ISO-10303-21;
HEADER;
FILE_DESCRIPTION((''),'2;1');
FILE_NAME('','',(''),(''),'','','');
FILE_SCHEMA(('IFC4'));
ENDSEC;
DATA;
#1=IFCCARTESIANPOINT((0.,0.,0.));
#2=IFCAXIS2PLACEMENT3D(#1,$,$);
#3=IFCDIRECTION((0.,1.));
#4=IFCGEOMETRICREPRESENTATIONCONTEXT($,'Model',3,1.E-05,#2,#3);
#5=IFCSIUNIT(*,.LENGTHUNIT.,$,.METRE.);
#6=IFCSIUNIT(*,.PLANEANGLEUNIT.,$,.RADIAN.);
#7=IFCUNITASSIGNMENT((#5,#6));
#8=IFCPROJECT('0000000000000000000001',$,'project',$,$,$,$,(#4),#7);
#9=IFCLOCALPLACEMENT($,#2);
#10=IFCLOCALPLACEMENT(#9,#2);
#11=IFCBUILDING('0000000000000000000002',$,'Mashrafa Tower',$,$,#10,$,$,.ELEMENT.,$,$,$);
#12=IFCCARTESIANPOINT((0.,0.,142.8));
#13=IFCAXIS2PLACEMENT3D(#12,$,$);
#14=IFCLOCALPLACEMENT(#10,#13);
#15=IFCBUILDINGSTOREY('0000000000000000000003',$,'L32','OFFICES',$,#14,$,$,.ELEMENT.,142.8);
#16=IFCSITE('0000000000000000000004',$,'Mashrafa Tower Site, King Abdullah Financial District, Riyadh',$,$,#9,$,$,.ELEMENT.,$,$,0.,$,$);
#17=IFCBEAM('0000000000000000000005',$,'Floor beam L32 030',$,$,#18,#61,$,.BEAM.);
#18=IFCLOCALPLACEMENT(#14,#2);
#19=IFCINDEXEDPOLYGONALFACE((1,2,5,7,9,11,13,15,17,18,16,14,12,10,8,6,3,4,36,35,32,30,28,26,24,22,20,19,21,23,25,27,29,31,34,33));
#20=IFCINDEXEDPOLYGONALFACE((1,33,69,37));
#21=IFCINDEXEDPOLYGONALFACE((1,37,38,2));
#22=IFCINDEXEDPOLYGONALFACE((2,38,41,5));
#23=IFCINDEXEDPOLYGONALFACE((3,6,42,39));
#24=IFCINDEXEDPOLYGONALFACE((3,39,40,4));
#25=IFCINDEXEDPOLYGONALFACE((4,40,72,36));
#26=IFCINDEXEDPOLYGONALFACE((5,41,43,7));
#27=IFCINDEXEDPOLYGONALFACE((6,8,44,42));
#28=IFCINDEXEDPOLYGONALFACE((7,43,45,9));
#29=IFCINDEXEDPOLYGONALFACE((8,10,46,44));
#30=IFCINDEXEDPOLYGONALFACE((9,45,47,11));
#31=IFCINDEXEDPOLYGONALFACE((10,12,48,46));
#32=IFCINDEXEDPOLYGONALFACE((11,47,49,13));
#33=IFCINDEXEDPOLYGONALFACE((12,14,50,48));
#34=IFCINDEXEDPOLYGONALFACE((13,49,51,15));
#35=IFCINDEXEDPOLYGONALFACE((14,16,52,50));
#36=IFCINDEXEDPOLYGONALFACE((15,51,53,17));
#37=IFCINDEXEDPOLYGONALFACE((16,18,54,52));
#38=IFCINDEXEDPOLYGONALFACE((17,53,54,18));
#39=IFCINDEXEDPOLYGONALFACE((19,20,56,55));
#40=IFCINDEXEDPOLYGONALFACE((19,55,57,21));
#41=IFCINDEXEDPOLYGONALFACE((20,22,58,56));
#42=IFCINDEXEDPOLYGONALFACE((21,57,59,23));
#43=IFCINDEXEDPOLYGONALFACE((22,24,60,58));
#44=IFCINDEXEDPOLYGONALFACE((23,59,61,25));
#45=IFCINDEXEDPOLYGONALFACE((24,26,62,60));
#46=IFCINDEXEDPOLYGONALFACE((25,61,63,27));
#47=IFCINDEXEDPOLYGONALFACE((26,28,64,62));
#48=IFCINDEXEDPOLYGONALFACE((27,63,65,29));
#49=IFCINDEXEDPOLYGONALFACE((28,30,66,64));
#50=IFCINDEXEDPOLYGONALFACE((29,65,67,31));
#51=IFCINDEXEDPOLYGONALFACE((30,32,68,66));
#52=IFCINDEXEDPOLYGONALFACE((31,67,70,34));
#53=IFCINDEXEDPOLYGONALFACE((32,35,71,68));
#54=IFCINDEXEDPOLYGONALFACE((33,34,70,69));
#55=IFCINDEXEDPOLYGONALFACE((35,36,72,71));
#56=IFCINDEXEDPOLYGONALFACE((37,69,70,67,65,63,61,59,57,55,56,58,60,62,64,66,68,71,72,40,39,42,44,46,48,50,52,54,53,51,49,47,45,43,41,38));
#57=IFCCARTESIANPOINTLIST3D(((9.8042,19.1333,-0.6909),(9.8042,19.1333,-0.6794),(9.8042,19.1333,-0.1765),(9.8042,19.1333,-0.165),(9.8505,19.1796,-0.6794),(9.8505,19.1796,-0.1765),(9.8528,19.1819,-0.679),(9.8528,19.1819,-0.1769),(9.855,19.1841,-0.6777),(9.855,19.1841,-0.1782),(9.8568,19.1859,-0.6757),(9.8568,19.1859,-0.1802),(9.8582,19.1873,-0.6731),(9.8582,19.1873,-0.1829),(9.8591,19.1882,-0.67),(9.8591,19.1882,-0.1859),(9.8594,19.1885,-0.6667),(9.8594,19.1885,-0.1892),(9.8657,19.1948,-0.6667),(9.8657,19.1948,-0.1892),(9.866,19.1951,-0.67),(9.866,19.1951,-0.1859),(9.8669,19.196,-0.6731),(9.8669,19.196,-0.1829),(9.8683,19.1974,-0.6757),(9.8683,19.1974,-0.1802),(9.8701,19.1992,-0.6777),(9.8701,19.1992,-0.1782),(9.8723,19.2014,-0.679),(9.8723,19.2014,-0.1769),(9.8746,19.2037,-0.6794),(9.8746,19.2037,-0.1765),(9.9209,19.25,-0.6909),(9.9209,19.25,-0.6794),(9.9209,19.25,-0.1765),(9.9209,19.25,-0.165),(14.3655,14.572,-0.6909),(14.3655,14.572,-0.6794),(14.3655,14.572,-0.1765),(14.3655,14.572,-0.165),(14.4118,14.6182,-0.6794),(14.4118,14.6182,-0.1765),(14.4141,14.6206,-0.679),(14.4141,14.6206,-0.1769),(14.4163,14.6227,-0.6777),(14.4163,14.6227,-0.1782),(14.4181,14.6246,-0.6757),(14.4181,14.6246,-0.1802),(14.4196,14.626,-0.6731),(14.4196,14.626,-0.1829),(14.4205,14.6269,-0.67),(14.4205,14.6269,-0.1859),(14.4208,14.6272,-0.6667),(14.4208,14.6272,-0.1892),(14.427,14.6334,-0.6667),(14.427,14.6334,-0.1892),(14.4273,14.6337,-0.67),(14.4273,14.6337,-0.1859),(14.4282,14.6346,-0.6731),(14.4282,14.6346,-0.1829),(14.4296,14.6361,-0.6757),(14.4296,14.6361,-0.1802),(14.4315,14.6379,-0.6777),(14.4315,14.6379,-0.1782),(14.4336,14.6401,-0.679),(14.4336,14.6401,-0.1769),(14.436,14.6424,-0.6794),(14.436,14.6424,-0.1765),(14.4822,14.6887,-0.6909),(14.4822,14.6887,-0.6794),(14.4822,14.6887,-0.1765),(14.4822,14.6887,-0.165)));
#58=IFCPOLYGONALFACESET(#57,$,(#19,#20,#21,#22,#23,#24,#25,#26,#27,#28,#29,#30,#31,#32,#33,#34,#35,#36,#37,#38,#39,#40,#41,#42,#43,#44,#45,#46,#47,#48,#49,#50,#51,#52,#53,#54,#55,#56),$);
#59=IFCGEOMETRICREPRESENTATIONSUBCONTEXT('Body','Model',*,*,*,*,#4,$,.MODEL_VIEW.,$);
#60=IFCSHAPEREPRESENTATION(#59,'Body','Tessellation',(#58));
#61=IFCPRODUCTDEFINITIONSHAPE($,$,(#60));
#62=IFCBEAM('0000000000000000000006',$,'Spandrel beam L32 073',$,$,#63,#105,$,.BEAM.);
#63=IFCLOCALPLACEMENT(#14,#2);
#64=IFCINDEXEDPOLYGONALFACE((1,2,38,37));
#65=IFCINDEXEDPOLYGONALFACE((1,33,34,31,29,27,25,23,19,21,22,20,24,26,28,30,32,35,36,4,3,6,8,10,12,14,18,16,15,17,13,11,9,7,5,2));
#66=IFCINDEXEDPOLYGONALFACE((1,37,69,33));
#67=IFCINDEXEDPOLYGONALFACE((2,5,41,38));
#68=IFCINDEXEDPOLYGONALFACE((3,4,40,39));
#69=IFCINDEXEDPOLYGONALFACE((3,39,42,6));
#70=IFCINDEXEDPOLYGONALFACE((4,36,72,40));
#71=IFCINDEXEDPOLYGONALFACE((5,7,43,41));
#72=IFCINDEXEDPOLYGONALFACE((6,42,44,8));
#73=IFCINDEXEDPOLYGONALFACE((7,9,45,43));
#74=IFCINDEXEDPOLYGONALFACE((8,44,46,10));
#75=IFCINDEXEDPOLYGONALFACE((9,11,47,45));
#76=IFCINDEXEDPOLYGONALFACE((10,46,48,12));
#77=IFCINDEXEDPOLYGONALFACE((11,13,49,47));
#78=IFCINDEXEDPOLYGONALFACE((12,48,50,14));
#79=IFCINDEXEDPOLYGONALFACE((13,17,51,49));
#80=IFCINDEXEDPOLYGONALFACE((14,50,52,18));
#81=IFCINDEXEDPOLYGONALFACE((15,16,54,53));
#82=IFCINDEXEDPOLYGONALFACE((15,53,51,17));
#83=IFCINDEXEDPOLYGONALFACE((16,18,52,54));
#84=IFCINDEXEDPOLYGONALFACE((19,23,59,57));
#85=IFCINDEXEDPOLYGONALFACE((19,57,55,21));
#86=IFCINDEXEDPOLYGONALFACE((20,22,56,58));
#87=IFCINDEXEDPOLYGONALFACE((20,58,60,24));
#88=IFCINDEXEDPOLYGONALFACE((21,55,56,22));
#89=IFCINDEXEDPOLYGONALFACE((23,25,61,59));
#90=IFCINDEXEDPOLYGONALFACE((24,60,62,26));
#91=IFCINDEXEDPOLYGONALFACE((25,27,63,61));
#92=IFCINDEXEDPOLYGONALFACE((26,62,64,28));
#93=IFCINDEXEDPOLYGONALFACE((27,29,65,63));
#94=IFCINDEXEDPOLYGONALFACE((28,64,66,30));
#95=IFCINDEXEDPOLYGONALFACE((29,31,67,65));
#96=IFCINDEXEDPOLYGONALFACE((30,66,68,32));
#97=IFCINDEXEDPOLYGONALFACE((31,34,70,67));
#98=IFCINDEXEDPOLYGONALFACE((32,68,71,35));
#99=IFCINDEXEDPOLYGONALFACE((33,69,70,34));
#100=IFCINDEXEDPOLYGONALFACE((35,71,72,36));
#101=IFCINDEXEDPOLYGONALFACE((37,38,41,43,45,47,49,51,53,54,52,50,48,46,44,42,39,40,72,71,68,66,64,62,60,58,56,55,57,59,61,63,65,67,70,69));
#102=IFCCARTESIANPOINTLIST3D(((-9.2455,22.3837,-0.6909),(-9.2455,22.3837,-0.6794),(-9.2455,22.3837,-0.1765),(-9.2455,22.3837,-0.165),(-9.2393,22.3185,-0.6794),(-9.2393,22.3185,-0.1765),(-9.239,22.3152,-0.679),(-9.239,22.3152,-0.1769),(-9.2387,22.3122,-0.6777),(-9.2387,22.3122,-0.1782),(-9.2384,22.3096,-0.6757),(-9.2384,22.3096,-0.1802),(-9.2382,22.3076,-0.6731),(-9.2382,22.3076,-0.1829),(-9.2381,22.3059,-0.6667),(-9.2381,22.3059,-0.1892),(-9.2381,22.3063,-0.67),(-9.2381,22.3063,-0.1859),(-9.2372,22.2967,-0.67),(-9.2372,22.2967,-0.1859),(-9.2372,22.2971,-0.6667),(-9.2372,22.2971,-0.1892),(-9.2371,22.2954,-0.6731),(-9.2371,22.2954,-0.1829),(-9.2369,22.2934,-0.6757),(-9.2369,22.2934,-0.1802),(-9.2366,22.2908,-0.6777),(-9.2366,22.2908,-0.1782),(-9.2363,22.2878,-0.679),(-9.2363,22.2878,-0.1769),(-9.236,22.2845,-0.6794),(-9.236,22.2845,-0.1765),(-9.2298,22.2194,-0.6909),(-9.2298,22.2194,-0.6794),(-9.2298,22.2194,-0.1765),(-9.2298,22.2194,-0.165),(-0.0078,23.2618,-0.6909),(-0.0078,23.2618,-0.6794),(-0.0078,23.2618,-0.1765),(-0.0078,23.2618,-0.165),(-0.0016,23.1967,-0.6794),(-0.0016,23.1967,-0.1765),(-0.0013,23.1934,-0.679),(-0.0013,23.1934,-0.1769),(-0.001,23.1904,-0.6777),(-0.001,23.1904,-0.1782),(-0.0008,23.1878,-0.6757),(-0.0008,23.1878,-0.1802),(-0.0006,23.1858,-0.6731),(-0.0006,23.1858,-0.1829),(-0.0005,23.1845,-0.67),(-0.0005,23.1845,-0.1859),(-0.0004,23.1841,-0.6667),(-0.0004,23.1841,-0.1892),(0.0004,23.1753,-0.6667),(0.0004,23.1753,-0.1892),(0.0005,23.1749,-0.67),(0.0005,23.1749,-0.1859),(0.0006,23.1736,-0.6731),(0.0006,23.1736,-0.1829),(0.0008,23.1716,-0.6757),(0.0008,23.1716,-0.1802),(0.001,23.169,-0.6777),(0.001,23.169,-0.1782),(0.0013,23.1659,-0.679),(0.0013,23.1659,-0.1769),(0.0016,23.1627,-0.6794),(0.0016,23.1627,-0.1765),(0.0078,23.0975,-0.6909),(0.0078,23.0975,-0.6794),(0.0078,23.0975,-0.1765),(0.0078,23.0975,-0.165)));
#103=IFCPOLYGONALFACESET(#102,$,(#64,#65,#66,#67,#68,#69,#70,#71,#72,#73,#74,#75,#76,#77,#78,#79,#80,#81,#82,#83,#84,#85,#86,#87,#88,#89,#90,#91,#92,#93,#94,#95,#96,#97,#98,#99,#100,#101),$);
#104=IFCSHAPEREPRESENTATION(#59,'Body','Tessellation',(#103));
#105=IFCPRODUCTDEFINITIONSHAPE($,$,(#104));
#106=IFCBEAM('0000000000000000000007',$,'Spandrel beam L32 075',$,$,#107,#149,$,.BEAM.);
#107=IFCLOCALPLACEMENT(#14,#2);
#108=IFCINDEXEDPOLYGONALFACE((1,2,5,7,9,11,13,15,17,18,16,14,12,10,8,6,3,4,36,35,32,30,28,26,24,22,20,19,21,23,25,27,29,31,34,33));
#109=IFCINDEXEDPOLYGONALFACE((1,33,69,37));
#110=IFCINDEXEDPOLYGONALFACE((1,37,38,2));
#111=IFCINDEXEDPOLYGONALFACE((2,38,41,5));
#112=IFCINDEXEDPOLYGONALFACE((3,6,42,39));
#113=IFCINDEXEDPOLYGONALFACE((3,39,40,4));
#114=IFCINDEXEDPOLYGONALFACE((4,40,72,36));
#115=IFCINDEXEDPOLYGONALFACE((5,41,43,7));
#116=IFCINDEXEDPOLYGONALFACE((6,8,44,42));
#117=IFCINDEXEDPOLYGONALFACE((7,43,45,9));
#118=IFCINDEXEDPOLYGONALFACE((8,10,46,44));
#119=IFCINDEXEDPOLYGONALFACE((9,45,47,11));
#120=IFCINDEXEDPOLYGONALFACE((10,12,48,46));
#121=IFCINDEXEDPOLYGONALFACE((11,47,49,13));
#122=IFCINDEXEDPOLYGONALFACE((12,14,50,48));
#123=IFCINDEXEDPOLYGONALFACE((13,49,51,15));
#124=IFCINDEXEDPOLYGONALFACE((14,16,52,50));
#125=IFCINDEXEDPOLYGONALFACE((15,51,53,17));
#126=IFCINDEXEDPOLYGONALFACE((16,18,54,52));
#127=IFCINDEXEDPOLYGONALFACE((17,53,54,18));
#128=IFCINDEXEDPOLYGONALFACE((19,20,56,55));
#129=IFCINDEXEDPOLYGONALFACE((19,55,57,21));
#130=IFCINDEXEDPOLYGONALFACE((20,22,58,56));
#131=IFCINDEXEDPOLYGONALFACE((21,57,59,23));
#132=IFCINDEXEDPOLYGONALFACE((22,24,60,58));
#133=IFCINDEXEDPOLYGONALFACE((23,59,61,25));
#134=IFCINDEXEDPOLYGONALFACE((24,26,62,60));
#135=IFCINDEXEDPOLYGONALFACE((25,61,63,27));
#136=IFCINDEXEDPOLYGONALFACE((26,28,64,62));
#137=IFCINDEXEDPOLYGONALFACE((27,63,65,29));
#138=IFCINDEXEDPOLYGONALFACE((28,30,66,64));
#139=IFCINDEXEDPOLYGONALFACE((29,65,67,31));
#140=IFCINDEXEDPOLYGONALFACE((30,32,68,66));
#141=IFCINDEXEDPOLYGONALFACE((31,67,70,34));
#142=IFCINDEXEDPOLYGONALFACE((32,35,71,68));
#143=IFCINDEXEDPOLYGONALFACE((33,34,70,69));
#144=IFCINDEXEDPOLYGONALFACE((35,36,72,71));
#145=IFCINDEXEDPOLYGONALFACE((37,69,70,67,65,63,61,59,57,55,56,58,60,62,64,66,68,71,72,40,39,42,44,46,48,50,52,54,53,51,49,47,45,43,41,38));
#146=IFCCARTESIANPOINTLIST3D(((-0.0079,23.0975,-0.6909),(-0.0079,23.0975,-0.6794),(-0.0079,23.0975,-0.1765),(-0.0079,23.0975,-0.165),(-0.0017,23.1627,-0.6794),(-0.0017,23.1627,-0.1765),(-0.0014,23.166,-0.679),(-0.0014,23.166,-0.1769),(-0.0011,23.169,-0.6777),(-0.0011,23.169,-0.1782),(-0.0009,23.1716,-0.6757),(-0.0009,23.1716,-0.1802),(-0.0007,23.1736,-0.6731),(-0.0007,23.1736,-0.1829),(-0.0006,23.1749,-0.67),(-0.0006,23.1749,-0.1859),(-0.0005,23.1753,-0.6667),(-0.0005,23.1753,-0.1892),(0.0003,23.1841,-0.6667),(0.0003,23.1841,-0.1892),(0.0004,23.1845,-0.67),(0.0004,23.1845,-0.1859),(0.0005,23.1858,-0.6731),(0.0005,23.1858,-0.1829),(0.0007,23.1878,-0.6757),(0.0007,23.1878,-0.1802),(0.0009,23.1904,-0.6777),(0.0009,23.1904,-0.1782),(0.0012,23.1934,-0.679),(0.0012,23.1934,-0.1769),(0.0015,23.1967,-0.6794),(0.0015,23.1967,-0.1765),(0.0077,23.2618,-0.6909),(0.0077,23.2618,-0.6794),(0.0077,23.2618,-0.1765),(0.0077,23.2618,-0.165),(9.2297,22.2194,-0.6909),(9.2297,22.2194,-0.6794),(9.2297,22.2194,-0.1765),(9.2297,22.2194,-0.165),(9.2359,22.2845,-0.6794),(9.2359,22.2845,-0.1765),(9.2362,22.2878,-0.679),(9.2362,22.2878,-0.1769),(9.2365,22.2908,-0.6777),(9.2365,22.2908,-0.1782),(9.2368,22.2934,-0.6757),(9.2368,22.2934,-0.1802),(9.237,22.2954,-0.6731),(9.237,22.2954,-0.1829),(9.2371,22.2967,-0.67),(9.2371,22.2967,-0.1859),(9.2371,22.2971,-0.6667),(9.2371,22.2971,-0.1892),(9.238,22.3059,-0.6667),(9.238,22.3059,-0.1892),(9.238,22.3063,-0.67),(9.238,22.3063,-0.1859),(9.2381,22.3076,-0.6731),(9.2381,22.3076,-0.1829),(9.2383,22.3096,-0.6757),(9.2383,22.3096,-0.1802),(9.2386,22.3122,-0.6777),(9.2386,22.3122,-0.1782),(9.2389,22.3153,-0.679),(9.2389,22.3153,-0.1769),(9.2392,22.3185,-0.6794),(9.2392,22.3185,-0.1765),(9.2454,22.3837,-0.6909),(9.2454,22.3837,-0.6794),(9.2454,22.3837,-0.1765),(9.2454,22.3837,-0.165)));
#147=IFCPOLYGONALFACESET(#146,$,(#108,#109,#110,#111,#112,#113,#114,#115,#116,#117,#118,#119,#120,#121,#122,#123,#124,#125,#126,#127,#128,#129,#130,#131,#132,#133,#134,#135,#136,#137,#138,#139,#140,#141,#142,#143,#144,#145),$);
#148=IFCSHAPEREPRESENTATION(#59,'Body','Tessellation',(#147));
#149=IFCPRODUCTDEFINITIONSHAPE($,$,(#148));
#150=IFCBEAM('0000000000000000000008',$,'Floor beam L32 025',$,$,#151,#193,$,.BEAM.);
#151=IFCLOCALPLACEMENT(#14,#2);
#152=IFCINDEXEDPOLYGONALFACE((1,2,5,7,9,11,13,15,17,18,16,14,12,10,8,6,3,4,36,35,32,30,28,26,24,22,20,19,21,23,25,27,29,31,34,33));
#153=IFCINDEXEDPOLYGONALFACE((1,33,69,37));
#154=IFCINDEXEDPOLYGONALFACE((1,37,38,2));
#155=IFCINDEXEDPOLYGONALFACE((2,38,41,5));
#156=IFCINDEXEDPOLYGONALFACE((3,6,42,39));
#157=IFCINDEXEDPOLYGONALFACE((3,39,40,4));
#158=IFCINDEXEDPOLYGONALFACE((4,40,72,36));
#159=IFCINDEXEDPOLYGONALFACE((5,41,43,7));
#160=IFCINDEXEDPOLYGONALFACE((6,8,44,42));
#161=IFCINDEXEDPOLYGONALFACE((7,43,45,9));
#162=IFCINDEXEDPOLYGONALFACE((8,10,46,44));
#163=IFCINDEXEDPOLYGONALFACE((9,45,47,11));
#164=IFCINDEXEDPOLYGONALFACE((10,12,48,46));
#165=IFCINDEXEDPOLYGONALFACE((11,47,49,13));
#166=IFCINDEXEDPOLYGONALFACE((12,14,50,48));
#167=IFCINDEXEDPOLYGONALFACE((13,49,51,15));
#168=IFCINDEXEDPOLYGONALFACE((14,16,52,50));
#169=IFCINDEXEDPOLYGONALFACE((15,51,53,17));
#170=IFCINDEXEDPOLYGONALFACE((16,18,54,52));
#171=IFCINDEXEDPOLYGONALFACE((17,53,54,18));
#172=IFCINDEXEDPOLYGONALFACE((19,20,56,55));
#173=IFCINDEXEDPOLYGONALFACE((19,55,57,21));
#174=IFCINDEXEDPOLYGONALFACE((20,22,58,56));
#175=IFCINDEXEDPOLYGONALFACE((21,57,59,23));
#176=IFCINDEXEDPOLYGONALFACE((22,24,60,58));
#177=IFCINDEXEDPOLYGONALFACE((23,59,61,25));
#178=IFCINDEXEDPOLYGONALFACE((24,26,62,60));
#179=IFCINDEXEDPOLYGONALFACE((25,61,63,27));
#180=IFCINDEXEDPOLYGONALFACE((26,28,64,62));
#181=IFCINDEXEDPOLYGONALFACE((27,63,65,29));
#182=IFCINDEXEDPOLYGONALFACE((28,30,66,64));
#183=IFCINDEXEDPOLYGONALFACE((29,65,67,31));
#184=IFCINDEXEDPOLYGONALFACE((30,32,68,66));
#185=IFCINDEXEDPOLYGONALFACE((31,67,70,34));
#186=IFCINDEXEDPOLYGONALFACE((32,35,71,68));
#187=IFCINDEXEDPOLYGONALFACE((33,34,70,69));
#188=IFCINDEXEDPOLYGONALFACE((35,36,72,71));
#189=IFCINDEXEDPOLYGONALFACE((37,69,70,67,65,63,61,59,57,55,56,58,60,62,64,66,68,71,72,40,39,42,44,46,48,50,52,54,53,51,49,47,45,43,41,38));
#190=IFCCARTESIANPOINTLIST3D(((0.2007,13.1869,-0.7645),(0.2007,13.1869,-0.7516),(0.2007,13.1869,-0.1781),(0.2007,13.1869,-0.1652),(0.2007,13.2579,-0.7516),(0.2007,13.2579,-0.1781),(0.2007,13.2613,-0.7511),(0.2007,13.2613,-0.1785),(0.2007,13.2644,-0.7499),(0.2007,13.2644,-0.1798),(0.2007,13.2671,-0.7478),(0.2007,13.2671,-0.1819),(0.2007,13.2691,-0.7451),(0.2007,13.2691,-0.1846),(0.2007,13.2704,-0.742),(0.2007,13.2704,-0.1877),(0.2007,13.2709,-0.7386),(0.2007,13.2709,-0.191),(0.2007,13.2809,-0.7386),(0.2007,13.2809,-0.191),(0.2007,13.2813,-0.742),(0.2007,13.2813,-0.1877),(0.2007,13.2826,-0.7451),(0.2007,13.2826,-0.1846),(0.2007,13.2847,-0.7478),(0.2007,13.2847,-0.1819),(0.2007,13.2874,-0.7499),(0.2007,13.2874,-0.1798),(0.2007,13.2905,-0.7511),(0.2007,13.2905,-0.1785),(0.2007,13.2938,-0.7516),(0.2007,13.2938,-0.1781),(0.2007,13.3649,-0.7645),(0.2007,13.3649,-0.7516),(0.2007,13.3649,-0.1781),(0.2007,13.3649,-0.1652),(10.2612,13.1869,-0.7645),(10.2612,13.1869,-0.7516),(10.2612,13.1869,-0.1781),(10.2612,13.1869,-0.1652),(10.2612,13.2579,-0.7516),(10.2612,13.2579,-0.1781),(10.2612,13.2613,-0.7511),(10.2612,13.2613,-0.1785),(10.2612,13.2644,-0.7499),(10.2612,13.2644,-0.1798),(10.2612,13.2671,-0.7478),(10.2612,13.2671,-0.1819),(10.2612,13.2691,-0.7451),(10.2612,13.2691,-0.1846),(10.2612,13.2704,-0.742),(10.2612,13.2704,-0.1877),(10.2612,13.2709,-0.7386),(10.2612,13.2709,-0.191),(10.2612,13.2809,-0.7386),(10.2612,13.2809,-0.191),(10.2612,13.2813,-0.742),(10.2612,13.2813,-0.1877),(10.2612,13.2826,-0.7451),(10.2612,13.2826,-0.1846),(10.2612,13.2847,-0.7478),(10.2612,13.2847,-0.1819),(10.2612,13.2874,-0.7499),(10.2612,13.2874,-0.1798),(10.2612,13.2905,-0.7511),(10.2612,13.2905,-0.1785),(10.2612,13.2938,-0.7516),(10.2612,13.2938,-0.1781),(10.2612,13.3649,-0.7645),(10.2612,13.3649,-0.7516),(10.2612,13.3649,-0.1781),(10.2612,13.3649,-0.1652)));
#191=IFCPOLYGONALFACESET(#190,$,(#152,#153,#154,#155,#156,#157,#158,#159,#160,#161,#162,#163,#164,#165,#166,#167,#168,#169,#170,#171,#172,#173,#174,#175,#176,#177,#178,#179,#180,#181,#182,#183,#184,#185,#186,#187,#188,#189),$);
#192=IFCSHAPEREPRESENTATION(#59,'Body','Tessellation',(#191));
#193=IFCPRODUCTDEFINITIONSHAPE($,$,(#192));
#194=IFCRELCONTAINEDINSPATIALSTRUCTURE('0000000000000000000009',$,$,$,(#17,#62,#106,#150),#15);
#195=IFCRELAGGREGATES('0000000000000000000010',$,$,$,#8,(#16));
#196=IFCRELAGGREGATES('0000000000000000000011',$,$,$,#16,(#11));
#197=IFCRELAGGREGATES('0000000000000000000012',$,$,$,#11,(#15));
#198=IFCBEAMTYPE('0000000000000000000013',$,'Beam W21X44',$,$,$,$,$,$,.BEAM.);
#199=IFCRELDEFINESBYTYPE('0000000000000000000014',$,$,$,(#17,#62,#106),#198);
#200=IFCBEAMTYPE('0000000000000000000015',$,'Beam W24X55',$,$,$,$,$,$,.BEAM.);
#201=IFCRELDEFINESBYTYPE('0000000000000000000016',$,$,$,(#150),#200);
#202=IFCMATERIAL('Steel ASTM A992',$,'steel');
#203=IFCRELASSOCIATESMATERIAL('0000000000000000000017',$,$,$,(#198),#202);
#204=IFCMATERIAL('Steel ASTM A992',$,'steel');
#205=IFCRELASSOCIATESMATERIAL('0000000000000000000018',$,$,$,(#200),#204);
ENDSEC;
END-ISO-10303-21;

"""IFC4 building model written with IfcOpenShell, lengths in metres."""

from ifc_helpers import new_model, si_unit, direction, frame, origin, origin_2d, place, context, subcontext, project, spatial, i_section, extrude, material, material_profile, profile_set, type_object, element, save


model = new_model("IFC4")

# Units and contexts
model_context = context("Model", 3, precision=1e-05, world=origin(), true_north=direction((0.0, 1.0)))
body_context = subcontext(model_context, "Body", "Model", "MODEL_VIEW")
ifc_project = project(units=[si_unit("LENGTHUNIT", "METRE"), si_unit("PLANEANGLEUNIT", "RADIAN")], contexts=[model_context])

# Site, building, storey
site_placement = place(None, origin())
site = spatial("IfcSite", under=ifc_project, at=site_placement, Name="Mashrafa Tower Site, King Abdullah Financial District, Riyadh", CompositionType="ELEMENT", RefElevation=0.0)
building_placement = place(site_placement, origin())
building = spatial("IfcBuilding", under=site, at=building_placement, Name="Mashrafa Tower", CompositionType="ELEMENT")
storey_placement = place(building_placement, frame((0.0, 0.0, 142.8)))
storey = spatial("IfcBuildingStorey", under=building, at=storey_placement, Name="L32", Description="OFFICES", CompositionType="ELEMENT", Elevation=142.8)

# Beams
ifc_material_1 = material(Name="Steel ASTM A992", Category="steel")
ifc_material_profile_1 = material_profile(ifc_material_1, i_section(OverallWidth=0.165, OverallDepth=0.5259, WebThickness=0.0088, FlangeThickness=0.0115, FilletRadius=0.0127, at=origin_2d()), Name="W21X44")
ifc_profile_set_1 = profile_set([ifc_material_profile_1], Name="Steel ASTM A992")
beam_type_1 = type_object("IfcBeamType", Name="Beam W21X44", PredefinedType="BEAM", material=ifc_profile_set_1)
beam_1_placement = place(storey_placement, frame((9.8625, 19.1917, -0.428), z_axis=(0.707107, -0.707107, 0.0), x_axis=(0.707107, 0.707107, 0.0)))
element("IfcBeam", 1, at=beam_1_placement, inside=storey, type_object=beam_type_1, Name="Floor beam L32 030", PredefinedType="BEAM", context=body_context, shape_type="SweptSolid", body=[
    extrude(i_section(OverallWidth=0.165, OverallDepth=0.5259, WebThickness=0.0088, FlangeThickness=0.0115, FilletRadius=0.0127, at=origin_2d()), origin(), (0.0, 0.0, 1.0), 6.4507),
])
for number, where, z_axis, x_axis, name in (
    (2, (0.0, 23.1797, -0.428), (-0.995512, -0.094639, 0.0), (0.094639, -0.995512, 0.0), "Spandrel beam L32 073"),
    (3, (9.2375, 22.3015, -0.428), (-0.995512, 0.094639, 0.0), (-0.094639, -0.995512, 0.0), "Spandrel beam L32 075"),
):
    element("IfcBeam", number, at=place(storey_placement, frame(where, z_axis=z_axis, x_axis=x_axis)), inside=storey, type_object=beam_type_1, Name=name, PredefinedType="BEAM", context=body_context, shape_type="SweptSolid", body=[
        extrude(i_section(OverallWidth=0.165, OverallDepth=0.5259, WebThickness=0.0088, FlangeThickness=0.0115, FilletRadius=0.0127, at=origin_2d()), origin(), (0.0, 0.0, 1.0), 9.2793),
    ])
ifc_material_2 = material(Name="Steel ASTM A992", Category="steel")
ifc_material_profile_2 = material_profile(ifc_material_2, i_section(OverallWidth=0.178, OverallDepth=0.5994, WebThickness=0.01, FlangeThickness=0.0129, FilletRadius=0.0129, at=origin_2d()), Name="W24X55")
ifc_profile_set_2 = profile_set([ifc_material_profile_2], Name="Steel ASTM A992")
beam_type_2 = type_object("IfcBeamType", Name="Beam W24X55", PredefinedType="BEAM", material=ifc_profile_set_2)
beam_2_placement = place(storey_placement, frame((0.2007, 13.2759, -0.4648), z_axis=(1.0, 0.0, 0.0), x_axis=(0.0, 1.0, 0.0)))
element("IfcBeam", 4, at=beam_2_placement, inside=storey, type_object=beam_type_2, Name="Floor beam L32 025", PredefinedType="BEAM", context=body_context, shape_type="SweptSolid", body=[
    extrude(i_section(OverallWidth=0.178, OverallDepth=0.5994, WebThickness=0.01, FlangeThickness=0.0129, FilletRadius=0.0129, at=origin_2d()), origin(), (0.0, 0.0, 1.0), 10.0605),
])

save(model, "model.ifc")
